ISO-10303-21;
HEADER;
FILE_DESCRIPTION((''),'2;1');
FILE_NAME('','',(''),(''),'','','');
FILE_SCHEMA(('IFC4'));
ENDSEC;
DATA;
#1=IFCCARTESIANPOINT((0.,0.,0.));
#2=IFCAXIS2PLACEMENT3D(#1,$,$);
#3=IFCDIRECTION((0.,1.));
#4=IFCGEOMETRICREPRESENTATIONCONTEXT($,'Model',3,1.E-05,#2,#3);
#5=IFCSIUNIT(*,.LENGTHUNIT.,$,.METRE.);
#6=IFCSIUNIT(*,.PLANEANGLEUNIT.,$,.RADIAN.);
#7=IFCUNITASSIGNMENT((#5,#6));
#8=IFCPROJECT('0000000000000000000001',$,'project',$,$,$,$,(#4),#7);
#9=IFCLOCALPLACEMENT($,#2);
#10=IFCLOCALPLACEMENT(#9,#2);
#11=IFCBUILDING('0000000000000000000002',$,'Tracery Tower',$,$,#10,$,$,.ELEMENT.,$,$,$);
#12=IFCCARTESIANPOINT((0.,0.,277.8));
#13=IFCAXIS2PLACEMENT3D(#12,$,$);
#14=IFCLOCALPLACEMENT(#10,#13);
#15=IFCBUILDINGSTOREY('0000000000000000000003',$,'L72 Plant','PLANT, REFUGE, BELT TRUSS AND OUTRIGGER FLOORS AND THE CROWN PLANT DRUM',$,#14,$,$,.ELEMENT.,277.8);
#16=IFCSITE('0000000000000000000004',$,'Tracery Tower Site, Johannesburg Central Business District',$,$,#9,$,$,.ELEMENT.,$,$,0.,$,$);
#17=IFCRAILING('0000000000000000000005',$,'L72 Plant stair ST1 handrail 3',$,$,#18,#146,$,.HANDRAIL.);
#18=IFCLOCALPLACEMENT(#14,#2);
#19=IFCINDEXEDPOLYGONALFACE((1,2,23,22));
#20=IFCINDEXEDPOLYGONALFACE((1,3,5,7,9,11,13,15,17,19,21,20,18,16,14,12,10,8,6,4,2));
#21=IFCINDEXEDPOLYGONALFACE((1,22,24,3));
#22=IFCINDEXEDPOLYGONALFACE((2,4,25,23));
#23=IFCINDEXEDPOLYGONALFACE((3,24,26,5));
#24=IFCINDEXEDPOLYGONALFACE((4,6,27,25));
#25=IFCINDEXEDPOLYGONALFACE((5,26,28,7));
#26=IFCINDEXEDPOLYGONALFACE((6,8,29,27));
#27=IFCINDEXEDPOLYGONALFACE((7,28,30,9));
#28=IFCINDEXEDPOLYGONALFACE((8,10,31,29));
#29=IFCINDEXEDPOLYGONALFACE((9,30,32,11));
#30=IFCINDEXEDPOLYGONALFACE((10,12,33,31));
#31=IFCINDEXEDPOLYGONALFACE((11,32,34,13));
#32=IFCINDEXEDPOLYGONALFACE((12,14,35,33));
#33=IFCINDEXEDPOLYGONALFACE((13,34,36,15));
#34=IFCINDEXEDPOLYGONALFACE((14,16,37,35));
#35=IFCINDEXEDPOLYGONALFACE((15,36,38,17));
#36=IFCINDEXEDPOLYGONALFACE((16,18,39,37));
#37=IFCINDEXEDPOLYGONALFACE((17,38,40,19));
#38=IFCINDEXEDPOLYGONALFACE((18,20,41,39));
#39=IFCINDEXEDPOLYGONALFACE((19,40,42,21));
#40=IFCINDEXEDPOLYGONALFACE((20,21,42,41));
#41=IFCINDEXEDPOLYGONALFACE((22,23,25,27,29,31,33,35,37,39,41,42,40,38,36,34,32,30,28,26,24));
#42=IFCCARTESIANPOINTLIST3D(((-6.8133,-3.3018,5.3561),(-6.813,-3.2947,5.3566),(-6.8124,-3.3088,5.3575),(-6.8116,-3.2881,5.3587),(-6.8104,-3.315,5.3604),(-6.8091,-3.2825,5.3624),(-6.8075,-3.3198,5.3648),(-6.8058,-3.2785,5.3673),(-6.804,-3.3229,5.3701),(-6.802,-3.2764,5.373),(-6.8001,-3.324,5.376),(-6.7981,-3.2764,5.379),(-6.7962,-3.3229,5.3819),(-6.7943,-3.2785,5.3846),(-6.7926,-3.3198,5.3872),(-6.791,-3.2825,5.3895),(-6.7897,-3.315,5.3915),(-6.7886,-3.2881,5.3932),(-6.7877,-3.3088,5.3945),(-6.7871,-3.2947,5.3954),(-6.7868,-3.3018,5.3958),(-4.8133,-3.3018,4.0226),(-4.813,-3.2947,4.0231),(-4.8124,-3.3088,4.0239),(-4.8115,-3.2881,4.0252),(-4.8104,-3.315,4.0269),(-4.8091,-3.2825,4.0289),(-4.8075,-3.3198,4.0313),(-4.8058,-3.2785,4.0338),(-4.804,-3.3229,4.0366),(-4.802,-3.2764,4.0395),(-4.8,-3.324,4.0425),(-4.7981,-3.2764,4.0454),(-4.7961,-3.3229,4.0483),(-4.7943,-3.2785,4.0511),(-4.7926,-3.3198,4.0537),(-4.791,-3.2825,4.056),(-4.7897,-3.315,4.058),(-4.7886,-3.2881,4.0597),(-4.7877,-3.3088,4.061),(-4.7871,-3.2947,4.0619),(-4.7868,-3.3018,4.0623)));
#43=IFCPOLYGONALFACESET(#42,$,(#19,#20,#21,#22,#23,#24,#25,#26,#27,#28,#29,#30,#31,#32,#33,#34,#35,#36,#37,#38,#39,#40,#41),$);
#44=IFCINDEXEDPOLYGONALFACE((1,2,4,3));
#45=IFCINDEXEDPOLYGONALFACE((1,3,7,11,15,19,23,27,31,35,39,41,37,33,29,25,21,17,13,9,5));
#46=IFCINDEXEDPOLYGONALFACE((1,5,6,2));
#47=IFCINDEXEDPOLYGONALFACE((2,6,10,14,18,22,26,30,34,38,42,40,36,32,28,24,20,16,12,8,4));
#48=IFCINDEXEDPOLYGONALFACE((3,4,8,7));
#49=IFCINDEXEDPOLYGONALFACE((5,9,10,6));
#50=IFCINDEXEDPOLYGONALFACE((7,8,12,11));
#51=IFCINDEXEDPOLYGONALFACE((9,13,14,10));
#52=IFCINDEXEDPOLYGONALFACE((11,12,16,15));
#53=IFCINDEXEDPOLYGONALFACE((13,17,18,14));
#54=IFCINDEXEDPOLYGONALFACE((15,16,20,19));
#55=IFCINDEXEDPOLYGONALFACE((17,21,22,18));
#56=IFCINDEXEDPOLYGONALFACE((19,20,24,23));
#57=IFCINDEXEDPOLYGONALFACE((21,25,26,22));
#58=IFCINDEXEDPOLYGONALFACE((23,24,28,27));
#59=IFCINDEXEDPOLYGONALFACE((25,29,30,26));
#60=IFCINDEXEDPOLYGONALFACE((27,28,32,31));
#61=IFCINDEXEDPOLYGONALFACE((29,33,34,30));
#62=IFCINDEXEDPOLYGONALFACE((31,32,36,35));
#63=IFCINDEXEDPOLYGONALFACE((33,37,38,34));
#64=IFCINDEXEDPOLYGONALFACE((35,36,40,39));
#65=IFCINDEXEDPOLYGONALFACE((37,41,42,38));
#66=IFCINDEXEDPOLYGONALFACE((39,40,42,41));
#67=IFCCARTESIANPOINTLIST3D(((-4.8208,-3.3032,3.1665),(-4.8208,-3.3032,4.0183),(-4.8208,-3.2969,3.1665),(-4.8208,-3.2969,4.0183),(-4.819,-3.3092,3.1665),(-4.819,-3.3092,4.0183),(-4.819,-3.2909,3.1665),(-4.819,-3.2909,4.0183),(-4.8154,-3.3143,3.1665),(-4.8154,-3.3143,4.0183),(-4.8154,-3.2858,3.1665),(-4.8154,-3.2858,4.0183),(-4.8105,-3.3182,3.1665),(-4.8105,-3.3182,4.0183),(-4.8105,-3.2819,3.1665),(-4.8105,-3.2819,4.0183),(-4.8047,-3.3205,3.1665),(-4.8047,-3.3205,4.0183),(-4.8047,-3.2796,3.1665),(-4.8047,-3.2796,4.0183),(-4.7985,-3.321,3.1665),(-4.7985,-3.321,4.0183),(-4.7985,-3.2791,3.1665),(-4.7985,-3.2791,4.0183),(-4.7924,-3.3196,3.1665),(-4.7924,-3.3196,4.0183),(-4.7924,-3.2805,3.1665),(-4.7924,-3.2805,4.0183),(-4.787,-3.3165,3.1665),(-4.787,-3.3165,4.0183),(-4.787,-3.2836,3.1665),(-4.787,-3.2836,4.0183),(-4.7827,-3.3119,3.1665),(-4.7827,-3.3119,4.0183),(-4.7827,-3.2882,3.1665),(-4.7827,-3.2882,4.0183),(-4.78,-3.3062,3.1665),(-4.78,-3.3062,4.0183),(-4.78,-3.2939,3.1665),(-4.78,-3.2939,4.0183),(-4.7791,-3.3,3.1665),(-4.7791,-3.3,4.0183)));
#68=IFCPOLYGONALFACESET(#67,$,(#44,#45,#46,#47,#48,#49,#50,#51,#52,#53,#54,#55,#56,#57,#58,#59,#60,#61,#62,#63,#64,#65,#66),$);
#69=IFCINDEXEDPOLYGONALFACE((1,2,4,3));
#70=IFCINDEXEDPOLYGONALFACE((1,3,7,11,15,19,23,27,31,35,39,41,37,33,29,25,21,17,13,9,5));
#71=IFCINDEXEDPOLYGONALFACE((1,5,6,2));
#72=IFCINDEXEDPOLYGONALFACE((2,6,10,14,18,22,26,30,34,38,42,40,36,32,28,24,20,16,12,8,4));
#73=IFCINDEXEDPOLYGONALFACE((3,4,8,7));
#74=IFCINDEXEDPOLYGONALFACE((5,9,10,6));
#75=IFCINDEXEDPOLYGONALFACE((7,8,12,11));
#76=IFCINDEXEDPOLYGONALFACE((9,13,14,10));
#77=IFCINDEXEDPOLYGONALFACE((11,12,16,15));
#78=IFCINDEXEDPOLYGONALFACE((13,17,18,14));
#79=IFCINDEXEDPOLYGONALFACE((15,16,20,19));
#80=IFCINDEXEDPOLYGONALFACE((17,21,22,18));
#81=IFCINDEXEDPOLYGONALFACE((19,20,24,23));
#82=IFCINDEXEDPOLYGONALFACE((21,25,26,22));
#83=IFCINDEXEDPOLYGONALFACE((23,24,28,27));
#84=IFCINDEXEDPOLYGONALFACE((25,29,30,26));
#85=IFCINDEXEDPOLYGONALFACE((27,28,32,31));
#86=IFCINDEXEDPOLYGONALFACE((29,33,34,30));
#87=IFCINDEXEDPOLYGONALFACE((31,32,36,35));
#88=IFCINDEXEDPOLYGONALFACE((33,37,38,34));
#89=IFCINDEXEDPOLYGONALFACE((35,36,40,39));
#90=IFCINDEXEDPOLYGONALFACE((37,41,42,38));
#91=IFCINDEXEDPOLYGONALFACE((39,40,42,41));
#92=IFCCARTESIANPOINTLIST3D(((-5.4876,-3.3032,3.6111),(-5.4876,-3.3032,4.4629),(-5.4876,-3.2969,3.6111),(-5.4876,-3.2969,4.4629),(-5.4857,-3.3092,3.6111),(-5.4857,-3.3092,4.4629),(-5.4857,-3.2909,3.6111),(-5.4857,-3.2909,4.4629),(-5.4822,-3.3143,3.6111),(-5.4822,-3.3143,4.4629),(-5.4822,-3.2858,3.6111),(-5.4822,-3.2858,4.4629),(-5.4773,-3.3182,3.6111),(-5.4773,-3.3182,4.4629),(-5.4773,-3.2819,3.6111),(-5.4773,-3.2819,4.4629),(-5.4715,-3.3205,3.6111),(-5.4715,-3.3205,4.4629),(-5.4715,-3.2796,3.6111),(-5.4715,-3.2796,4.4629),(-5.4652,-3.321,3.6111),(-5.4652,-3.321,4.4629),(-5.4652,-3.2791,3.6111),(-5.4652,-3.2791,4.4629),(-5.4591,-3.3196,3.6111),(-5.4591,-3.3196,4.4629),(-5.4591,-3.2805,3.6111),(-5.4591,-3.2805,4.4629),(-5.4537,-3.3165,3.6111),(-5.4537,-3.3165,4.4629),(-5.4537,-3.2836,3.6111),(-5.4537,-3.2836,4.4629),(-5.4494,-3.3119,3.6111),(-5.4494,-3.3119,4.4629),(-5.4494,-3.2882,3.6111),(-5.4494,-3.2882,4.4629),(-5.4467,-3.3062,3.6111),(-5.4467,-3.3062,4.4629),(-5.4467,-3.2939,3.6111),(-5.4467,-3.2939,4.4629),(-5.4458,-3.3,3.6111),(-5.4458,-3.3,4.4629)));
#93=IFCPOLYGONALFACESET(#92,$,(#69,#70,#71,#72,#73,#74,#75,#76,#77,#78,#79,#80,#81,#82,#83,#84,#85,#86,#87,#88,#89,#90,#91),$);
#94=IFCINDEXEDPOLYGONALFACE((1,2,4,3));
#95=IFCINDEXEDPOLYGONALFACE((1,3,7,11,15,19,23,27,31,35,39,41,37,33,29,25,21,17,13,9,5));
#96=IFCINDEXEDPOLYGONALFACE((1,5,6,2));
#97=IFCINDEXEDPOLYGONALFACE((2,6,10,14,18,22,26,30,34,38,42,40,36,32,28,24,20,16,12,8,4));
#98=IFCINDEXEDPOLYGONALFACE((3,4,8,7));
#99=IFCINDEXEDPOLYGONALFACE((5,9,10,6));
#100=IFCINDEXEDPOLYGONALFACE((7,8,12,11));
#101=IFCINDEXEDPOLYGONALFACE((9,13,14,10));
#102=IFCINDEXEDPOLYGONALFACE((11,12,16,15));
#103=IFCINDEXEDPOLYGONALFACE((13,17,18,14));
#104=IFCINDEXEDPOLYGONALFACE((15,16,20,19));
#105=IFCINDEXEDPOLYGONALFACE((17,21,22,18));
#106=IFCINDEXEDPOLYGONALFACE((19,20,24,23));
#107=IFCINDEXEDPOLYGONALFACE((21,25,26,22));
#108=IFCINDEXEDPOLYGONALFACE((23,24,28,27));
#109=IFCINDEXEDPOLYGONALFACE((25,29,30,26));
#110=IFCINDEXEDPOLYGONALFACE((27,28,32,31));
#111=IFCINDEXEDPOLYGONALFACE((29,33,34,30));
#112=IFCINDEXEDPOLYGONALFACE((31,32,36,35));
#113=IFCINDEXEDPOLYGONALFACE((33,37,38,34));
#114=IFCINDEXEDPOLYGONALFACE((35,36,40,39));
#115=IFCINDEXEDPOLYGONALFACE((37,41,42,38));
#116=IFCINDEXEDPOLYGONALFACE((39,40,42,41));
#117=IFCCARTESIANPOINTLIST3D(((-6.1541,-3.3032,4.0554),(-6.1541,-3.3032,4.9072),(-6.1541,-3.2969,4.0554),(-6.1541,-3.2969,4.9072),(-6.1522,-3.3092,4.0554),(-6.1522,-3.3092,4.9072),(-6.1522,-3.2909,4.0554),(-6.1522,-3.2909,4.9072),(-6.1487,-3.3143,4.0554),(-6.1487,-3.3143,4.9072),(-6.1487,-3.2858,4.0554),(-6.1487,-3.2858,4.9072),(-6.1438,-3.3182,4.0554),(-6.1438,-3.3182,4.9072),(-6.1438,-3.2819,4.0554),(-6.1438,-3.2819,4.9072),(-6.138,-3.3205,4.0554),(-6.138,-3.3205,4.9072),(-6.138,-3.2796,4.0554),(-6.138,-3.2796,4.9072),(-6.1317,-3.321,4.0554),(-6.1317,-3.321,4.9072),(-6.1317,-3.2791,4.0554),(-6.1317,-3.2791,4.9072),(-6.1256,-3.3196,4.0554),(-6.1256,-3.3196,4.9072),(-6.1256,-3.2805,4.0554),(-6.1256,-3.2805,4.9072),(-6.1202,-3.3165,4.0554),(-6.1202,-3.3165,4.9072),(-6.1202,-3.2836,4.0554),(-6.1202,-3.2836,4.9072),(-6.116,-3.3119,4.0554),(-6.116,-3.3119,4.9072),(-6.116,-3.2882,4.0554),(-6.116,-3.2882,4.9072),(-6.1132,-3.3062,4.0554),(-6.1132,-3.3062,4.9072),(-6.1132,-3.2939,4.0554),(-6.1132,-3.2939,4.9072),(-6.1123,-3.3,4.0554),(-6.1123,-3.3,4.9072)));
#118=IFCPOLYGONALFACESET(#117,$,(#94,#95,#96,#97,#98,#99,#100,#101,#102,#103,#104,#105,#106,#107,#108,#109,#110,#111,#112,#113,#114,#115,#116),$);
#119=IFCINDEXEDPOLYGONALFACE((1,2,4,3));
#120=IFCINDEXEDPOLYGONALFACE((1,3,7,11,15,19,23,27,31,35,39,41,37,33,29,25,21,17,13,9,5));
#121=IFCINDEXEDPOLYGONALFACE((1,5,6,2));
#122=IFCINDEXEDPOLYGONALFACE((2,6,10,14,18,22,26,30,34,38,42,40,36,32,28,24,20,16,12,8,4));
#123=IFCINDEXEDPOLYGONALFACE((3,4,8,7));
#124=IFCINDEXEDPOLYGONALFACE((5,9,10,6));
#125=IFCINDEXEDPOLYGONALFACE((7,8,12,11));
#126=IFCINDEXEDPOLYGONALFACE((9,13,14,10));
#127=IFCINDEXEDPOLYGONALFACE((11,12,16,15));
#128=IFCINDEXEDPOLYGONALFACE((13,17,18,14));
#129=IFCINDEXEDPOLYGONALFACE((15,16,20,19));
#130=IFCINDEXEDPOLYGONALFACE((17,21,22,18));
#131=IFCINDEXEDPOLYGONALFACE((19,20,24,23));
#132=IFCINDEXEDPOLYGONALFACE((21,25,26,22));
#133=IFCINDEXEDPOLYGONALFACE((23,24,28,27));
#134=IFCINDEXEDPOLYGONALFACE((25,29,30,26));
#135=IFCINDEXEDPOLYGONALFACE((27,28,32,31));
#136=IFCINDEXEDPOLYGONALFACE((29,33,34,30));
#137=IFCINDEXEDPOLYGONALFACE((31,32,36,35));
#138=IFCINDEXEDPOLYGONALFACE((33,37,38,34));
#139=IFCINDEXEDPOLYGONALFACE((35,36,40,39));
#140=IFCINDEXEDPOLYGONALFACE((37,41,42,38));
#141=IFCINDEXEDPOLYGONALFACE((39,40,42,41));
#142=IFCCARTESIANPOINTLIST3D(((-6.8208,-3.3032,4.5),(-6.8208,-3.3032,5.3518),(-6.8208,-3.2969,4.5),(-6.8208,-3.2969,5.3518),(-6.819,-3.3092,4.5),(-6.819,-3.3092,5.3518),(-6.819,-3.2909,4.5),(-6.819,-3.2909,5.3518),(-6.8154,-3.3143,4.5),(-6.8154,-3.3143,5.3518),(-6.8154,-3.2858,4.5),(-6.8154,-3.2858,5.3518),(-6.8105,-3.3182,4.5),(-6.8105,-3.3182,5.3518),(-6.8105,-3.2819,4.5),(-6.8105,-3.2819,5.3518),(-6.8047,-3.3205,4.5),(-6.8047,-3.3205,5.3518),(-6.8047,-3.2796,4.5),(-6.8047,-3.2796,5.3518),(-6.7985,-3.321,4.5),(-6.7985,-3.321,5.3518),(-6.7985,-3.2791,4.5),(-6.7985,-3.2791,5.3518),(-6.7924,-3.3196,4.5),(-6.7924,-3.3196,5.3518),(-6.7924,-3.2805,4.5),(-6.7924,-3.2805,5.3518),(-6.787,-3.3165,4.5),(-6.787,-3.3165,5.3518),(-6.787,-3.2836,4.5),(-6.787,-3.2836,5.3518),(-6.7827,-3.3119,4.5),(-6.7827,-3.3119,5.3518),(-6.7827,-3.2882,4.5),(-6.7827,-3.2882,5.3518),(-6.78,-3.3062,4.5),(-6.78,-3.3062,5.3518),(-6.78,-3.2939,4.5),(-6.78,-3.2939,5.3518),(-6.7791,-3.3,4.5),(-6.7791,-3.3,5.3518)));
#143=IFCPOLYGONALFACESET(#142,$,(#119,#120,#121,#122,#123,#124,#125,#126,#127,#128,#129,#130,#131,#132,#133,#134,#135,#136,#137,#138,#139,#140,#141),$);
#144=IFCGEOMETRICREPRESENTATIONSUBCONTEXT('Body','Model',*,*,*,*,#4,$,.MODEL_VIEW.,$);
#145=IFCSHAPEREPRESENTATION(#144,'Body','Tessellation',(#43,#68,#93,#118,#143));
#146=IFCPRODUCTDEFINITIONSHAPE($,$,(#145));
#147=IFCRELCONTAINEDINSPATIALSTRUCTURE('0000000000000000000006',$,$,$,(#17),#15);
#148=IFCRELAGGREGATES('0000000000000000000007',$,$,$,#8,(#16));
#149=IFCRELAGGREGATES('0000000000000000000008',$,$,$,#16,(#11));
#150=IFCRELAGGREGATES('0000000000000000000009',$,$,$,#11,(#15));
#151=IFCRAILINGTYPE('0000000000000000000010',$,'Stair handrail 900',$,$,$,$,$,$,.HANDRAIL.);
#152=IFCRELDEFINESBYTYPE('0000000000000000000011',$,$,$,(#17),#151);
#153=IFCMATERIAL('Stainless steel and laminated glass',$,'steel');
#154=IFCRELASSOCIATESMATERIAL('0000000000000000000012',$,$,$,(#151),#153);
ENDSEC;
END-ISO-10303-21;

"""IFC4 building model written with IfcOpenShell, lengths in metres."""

from ifc_helpers import new_model, si_unit, direction, frame, origin, origin_2d, place, context, subcontext, project, spatial, circle, extrude, material, type_object, element, save


model = new_model("IFC4")

# Units and contexts
model_context = context("Model", 3, precision=1e-05, world=origin(), true_north=direction((0.0, 1.0)))
body_context = subcontext(model_context, "Body", "Model", "MODEL_VIEW")
ifc_project = project(units=[si_unit("LENGTHUNIT", "METRE"), si_unit("PLANEANGLEUNIT", "RADIAN")], contexts=[model_context])

# Site, building, storey
site_placement = place(None, origin())
site = spatial("IfcSite", under=ifc_project, at=site_placement, Name="Tracery Tower Site, Johannesburg Central Business District", CompositionType="ELEMENT", RefElevation=0.0)
building_placement = place(site_placement, origin())
building = spatial("IfcBuilding", under=site, at=building_placement, Name="Tracery Tower", CompositionType="ELEMENT")
storey_placement = place(building_placement, frame((0.0, 0.0, 277.8)))
storey = spatial("IfcBuildingStorey", under=building, at=storey_placement, Name="L72 Plant", Description="PLANT, REFUGE, BELT TRUSS AND OUTRIGGER FLOORS AND THE CROWN PLANT DRUM", CompositionType="ELEMENT", Elevation=277.8)

# Railing
ifc_material_1 = material(Name="Stainless steel and laminated glass", Category="steel")
railing_type_1 = type_object("IfcRailingType", Name="Stair handrail 900", PredefinedType="HANDRAIL", material=ifc_material_1)
for number, where, name in (
    (1, (-4.8, -3.3, 3.1665), "L72 Plant stair ST1 handrail 3"),
):
    element("IfcRailing", number, at=place(storey_placement, frame(where)), inside=storey, type_object=railing_type_1, Name=name, PredefinedType="HANDRAIL", context=body_context, shape_type="SweptSolid", body=[
        extrude(circle(Radius=0.0239, at=origin_2d()), frame((0.0, 0.0, 0.876), z_axis=(-0.832019, 0.0, 0.554747), x_axis=(0.0, -1.0, 0.0)), (0.0, 0.0, 1.0), 2.4038),
        extrude(circle(Radius=0.021, at=origin_2d()), origin(), (0.0, 0.0, 1.0), 0.8518),
        extrude(circle(Radius=0.021, at=origin_2d()), frame((-0.6667, 0.0, 0.4446)), (0.0, 0.0, 1.0), 0.8518),
        extrude(circle(Radius=0.021, at=origin_2d()), frame((-1.3333, 0.0, 0.8889)), (0.0, 0.0, 1.0), 0.8518),
        extrude(circle(Radius=0.021, at=origin_2d()), frame((-2.0, 0.0, 1.3335)), (0.0, 0.0, 1.0), 0.8518),
    ])

save(model, "model.ifc")
